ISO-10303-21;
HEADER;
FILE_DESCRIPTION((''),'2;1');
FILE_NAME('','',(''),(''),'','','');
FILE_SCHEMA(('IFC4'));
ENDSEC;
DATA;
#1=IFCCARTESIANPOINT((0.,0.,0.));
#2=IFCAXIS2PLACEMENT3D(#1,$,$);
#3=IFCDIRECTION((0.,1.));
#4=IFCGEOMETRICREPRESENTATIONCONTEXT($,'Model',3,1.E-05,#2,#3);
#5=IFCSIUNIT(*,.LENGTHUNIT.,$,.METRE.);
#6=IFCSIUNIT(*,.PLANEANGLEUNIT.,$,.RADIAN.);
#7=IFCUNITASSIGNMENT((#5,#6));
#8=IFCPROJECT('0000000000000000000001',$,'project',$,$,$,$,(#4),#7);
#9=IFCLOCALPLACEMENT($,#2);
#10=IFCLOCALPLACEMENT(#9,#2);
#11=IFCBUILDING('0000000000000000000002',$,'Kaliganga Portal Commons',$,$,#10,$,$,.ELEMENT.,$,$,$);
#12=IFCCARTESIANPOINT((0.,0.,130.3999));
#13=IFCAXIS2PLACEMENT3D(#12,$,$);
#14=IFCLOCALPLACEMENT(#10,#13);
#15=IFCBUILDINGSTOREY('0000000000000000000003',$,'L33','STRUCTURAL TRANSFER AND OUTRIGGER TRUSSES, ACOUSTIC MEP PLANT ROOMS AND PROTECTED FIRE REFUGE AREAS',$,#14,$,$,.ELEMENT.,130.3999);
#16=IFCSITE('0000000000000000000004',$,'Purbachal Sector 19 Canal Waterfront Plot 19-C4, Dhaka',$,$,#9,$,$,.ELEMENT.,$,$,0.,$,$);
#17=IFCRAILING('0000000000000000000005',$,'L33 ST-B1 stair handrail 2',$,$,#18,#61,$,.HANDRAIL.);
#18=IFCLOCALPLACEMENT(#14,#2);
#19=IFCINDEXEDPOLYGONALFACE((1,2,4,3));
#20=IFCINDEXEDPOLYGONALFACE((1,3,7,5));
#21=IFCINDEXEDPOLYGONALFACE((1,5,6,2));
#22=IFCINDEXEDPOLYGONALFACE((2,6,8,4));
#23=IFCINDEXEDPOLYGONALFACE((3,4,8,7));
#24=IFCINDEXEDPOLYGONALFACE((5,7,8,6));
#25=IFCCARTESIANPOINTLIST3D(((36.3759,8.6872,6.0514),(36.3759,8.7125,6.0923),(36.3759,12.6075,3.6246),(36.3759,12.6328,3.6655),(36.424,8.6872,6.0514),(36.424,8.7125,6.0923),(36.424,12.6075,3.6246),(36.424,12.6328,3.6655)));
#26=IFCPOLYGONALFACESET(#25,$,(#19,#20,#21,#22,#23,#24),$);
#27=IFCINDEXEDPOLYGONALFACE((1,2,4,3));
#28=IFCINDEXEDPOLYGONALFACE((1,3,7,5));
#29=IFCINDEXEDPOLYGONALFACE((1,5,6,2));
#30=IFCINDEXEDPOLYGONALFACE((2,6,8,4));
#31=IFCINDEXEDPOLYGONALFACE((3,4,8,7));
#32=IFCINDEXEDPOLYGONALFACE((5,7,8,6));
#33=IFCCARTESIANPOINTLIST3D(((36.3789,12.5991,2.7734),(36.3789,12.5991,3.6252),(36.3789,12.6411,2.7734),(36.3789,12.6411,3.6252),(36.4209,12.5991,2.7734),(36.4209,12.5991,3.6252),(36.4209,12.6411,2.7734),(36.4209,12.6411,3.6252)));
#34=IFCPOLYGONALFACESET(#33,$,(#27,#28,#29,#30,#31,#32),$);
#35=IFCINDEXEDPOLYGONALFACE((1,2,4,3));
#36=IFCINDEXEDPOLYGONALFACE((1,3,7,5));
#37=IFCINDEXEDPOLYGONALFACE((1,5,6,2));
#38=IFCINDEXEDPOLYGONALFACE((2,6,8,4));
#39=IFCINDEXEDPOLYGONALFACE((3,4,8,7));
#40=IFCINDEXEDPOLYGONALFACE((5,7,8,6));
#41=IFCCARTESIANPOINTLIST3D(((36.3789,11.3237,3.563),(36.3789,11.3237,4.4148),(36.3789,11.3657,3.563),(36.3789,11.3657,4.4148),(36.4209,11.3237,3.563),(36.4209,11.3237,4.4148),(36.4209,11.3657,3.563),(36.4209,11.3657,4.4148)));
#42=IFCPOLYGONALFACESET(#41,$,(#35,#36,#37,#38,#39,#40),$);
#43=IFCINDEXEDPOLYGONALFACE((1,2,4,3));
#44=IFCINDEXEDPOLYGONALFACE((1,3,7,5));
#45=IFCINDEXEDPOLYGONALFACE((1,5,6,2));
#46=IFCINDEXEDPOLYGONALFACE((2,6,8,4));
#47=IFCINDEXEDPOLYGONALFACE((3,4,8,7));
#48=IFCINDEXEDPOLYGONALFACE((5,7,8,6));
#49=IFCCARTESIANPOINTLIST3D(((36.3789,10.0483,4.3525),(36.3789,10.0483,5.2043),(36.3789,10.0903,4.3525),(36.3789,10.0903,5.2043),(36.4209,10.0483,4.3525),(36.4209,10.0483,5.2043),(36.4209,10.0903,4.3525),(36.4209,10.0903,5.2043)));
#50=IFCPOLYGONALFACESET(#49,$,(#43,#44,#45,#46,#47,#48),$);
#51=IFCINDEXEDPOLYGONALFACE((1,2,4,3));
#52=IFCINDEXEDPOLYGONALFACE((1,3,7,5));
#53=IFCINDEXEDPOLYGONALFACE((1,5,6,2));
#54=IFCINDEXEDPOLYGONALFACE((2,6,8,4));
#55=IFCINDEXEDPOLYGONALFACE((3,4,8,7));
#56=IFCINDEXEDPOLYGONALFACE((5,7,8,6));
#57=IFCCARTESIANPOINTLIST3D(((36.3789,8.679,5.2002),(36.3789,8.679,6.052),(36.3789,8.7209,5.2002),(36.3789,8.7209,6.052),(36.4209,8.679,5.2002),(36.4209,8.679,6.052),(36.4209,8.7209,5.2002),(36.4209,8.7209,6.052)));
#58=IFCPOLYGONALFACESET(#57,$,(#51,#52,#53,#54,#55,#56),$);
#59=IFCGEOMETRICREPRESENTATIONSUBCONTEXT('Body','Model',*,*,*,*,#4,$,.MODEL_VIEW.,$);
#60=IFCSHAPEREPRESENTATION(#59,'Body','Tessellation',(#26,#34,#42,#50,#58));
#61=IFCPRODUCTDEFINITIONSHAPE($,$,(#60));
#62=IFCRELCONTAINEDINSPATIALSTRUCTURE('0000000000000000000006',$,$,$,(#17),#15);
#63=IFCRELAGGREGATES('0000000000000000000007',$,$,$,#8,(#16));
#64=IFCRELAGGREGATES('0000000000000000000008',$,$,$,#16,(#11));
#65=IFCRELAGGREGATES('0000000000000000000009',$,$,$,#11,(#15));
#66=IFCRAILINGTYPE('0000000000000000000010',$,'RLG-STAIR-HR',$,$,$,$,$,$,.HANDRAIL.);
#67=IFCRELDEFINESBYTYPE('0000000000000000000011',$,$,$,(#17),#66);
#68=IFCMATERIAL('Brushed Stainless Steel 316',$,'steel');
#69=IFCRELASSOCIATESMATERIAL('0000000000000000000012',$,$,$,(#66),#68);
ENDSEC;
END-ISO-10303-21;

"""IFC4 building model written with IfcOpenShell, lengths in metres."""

from ifc_helpers import new_model, si_unit, direction, frame, origin, origin_2d, place, context, subcontext, project, spatial, rectangle, extrude, material, type_object, element, save


model = new_model("IFC4")

# Units and contexts
model_context = context("Model", 3, precision=1e-05, world=origin(), true_north=direction((0.0, 1.0)))
body_context = subcontext(model_context, "Body", "Model", "MODEL_VIEW")
ifc_project = project(units=[si_unit("LENGTHUNIT", "METRE"), si_unit("PLANEANGLEUNIT", "RADIAN")], contexts=[model_context])

# Site, building, storey
site_placement = place(None, origin())
site = spatial("IfcSite", under=ifc_project, at=site_placement, Name="Purbachal Sector 19 Canal Waterfront Plot 19-C4, Dhaka", CompositionType="ELEMENT", RefElevation=0.0)
building_placement = place(site_placement, origin())
building = spatial("IfcBuilding", under=site, at=building_placement, Name="Kaliganga Portal Commons", CompositionType="ELEMENT")
storey_placement = place(building_placement, frame((0.0, 0.0, 130.3999)))
storey = spatial("IfcBuildingStorey", under=building, at=storey_placement, Name="L33", Description="STRUCTURAL TRANSFER AND OUTRIGGER TRUSSES, ACOUSTIC MEP PLANT ROOMS AND PROTECTED FIRE REFUGE AREAS", CompositionType="ELEMENT", Elevation=130.3999)

# Railing
ifc_material_1 = material(Name="Brushed Stainless Steel 316", Category="steel")
railing_type_1 = type_object("IfcRailingType", Name="RLG-STAIR-HR", PredefinedType="HANDRAIL", material=ifc_material_1)
railing_1_placement = place(storey_placement, frame((36.3999, 12.6201, 2.7734)))
element("IfcRailing", 1, at=railing_1_placement, inside=storey, type_object=railing_type_1, Name="L33 ST-B1 stair handrail 2", PredefinedType="HANDRAIL", context=body_context, shape_type="SweptSolid", body=[
    extrude(rectangle(XDim=0.0481, YDim=0.0481, at=origin_2d()), frame((0.0, 0.0, 0.8716), z_axis=(0.0, -0.850266, 0.526353), x_axis=(1.0, 0.0, 0.0)), (0.0, 0.0, 1.0), 4.6106),
    extrude(rectangle(XDim=0.042, YDim=0.042, at=origin_2d()), origin(), (0.0, 0.0, 1.0), 0.8518),
    extrude(rectangle(XDim=0.042, YDim=0.042, at=origin_2d()), frame((0.0, -1.2754, 0.7896)), (0.0, 0.0, 1.0), 0.8518),
    extrude(rectangle(XDim=0.042, YDim=0.042, at=origin_2d()), frame((0.0, -2.5508, 1.5791)), (0.0, 0.0, 1.0), 0.8518),
    extrude(rectangle(XDim=0.042, YDim=0.042, at=origin_2d()), frame((0.0, -3.9202, 2.4268)), (0.0, 0.0, 1.0), 0.8518),
])

save(model, "model.ifc")
